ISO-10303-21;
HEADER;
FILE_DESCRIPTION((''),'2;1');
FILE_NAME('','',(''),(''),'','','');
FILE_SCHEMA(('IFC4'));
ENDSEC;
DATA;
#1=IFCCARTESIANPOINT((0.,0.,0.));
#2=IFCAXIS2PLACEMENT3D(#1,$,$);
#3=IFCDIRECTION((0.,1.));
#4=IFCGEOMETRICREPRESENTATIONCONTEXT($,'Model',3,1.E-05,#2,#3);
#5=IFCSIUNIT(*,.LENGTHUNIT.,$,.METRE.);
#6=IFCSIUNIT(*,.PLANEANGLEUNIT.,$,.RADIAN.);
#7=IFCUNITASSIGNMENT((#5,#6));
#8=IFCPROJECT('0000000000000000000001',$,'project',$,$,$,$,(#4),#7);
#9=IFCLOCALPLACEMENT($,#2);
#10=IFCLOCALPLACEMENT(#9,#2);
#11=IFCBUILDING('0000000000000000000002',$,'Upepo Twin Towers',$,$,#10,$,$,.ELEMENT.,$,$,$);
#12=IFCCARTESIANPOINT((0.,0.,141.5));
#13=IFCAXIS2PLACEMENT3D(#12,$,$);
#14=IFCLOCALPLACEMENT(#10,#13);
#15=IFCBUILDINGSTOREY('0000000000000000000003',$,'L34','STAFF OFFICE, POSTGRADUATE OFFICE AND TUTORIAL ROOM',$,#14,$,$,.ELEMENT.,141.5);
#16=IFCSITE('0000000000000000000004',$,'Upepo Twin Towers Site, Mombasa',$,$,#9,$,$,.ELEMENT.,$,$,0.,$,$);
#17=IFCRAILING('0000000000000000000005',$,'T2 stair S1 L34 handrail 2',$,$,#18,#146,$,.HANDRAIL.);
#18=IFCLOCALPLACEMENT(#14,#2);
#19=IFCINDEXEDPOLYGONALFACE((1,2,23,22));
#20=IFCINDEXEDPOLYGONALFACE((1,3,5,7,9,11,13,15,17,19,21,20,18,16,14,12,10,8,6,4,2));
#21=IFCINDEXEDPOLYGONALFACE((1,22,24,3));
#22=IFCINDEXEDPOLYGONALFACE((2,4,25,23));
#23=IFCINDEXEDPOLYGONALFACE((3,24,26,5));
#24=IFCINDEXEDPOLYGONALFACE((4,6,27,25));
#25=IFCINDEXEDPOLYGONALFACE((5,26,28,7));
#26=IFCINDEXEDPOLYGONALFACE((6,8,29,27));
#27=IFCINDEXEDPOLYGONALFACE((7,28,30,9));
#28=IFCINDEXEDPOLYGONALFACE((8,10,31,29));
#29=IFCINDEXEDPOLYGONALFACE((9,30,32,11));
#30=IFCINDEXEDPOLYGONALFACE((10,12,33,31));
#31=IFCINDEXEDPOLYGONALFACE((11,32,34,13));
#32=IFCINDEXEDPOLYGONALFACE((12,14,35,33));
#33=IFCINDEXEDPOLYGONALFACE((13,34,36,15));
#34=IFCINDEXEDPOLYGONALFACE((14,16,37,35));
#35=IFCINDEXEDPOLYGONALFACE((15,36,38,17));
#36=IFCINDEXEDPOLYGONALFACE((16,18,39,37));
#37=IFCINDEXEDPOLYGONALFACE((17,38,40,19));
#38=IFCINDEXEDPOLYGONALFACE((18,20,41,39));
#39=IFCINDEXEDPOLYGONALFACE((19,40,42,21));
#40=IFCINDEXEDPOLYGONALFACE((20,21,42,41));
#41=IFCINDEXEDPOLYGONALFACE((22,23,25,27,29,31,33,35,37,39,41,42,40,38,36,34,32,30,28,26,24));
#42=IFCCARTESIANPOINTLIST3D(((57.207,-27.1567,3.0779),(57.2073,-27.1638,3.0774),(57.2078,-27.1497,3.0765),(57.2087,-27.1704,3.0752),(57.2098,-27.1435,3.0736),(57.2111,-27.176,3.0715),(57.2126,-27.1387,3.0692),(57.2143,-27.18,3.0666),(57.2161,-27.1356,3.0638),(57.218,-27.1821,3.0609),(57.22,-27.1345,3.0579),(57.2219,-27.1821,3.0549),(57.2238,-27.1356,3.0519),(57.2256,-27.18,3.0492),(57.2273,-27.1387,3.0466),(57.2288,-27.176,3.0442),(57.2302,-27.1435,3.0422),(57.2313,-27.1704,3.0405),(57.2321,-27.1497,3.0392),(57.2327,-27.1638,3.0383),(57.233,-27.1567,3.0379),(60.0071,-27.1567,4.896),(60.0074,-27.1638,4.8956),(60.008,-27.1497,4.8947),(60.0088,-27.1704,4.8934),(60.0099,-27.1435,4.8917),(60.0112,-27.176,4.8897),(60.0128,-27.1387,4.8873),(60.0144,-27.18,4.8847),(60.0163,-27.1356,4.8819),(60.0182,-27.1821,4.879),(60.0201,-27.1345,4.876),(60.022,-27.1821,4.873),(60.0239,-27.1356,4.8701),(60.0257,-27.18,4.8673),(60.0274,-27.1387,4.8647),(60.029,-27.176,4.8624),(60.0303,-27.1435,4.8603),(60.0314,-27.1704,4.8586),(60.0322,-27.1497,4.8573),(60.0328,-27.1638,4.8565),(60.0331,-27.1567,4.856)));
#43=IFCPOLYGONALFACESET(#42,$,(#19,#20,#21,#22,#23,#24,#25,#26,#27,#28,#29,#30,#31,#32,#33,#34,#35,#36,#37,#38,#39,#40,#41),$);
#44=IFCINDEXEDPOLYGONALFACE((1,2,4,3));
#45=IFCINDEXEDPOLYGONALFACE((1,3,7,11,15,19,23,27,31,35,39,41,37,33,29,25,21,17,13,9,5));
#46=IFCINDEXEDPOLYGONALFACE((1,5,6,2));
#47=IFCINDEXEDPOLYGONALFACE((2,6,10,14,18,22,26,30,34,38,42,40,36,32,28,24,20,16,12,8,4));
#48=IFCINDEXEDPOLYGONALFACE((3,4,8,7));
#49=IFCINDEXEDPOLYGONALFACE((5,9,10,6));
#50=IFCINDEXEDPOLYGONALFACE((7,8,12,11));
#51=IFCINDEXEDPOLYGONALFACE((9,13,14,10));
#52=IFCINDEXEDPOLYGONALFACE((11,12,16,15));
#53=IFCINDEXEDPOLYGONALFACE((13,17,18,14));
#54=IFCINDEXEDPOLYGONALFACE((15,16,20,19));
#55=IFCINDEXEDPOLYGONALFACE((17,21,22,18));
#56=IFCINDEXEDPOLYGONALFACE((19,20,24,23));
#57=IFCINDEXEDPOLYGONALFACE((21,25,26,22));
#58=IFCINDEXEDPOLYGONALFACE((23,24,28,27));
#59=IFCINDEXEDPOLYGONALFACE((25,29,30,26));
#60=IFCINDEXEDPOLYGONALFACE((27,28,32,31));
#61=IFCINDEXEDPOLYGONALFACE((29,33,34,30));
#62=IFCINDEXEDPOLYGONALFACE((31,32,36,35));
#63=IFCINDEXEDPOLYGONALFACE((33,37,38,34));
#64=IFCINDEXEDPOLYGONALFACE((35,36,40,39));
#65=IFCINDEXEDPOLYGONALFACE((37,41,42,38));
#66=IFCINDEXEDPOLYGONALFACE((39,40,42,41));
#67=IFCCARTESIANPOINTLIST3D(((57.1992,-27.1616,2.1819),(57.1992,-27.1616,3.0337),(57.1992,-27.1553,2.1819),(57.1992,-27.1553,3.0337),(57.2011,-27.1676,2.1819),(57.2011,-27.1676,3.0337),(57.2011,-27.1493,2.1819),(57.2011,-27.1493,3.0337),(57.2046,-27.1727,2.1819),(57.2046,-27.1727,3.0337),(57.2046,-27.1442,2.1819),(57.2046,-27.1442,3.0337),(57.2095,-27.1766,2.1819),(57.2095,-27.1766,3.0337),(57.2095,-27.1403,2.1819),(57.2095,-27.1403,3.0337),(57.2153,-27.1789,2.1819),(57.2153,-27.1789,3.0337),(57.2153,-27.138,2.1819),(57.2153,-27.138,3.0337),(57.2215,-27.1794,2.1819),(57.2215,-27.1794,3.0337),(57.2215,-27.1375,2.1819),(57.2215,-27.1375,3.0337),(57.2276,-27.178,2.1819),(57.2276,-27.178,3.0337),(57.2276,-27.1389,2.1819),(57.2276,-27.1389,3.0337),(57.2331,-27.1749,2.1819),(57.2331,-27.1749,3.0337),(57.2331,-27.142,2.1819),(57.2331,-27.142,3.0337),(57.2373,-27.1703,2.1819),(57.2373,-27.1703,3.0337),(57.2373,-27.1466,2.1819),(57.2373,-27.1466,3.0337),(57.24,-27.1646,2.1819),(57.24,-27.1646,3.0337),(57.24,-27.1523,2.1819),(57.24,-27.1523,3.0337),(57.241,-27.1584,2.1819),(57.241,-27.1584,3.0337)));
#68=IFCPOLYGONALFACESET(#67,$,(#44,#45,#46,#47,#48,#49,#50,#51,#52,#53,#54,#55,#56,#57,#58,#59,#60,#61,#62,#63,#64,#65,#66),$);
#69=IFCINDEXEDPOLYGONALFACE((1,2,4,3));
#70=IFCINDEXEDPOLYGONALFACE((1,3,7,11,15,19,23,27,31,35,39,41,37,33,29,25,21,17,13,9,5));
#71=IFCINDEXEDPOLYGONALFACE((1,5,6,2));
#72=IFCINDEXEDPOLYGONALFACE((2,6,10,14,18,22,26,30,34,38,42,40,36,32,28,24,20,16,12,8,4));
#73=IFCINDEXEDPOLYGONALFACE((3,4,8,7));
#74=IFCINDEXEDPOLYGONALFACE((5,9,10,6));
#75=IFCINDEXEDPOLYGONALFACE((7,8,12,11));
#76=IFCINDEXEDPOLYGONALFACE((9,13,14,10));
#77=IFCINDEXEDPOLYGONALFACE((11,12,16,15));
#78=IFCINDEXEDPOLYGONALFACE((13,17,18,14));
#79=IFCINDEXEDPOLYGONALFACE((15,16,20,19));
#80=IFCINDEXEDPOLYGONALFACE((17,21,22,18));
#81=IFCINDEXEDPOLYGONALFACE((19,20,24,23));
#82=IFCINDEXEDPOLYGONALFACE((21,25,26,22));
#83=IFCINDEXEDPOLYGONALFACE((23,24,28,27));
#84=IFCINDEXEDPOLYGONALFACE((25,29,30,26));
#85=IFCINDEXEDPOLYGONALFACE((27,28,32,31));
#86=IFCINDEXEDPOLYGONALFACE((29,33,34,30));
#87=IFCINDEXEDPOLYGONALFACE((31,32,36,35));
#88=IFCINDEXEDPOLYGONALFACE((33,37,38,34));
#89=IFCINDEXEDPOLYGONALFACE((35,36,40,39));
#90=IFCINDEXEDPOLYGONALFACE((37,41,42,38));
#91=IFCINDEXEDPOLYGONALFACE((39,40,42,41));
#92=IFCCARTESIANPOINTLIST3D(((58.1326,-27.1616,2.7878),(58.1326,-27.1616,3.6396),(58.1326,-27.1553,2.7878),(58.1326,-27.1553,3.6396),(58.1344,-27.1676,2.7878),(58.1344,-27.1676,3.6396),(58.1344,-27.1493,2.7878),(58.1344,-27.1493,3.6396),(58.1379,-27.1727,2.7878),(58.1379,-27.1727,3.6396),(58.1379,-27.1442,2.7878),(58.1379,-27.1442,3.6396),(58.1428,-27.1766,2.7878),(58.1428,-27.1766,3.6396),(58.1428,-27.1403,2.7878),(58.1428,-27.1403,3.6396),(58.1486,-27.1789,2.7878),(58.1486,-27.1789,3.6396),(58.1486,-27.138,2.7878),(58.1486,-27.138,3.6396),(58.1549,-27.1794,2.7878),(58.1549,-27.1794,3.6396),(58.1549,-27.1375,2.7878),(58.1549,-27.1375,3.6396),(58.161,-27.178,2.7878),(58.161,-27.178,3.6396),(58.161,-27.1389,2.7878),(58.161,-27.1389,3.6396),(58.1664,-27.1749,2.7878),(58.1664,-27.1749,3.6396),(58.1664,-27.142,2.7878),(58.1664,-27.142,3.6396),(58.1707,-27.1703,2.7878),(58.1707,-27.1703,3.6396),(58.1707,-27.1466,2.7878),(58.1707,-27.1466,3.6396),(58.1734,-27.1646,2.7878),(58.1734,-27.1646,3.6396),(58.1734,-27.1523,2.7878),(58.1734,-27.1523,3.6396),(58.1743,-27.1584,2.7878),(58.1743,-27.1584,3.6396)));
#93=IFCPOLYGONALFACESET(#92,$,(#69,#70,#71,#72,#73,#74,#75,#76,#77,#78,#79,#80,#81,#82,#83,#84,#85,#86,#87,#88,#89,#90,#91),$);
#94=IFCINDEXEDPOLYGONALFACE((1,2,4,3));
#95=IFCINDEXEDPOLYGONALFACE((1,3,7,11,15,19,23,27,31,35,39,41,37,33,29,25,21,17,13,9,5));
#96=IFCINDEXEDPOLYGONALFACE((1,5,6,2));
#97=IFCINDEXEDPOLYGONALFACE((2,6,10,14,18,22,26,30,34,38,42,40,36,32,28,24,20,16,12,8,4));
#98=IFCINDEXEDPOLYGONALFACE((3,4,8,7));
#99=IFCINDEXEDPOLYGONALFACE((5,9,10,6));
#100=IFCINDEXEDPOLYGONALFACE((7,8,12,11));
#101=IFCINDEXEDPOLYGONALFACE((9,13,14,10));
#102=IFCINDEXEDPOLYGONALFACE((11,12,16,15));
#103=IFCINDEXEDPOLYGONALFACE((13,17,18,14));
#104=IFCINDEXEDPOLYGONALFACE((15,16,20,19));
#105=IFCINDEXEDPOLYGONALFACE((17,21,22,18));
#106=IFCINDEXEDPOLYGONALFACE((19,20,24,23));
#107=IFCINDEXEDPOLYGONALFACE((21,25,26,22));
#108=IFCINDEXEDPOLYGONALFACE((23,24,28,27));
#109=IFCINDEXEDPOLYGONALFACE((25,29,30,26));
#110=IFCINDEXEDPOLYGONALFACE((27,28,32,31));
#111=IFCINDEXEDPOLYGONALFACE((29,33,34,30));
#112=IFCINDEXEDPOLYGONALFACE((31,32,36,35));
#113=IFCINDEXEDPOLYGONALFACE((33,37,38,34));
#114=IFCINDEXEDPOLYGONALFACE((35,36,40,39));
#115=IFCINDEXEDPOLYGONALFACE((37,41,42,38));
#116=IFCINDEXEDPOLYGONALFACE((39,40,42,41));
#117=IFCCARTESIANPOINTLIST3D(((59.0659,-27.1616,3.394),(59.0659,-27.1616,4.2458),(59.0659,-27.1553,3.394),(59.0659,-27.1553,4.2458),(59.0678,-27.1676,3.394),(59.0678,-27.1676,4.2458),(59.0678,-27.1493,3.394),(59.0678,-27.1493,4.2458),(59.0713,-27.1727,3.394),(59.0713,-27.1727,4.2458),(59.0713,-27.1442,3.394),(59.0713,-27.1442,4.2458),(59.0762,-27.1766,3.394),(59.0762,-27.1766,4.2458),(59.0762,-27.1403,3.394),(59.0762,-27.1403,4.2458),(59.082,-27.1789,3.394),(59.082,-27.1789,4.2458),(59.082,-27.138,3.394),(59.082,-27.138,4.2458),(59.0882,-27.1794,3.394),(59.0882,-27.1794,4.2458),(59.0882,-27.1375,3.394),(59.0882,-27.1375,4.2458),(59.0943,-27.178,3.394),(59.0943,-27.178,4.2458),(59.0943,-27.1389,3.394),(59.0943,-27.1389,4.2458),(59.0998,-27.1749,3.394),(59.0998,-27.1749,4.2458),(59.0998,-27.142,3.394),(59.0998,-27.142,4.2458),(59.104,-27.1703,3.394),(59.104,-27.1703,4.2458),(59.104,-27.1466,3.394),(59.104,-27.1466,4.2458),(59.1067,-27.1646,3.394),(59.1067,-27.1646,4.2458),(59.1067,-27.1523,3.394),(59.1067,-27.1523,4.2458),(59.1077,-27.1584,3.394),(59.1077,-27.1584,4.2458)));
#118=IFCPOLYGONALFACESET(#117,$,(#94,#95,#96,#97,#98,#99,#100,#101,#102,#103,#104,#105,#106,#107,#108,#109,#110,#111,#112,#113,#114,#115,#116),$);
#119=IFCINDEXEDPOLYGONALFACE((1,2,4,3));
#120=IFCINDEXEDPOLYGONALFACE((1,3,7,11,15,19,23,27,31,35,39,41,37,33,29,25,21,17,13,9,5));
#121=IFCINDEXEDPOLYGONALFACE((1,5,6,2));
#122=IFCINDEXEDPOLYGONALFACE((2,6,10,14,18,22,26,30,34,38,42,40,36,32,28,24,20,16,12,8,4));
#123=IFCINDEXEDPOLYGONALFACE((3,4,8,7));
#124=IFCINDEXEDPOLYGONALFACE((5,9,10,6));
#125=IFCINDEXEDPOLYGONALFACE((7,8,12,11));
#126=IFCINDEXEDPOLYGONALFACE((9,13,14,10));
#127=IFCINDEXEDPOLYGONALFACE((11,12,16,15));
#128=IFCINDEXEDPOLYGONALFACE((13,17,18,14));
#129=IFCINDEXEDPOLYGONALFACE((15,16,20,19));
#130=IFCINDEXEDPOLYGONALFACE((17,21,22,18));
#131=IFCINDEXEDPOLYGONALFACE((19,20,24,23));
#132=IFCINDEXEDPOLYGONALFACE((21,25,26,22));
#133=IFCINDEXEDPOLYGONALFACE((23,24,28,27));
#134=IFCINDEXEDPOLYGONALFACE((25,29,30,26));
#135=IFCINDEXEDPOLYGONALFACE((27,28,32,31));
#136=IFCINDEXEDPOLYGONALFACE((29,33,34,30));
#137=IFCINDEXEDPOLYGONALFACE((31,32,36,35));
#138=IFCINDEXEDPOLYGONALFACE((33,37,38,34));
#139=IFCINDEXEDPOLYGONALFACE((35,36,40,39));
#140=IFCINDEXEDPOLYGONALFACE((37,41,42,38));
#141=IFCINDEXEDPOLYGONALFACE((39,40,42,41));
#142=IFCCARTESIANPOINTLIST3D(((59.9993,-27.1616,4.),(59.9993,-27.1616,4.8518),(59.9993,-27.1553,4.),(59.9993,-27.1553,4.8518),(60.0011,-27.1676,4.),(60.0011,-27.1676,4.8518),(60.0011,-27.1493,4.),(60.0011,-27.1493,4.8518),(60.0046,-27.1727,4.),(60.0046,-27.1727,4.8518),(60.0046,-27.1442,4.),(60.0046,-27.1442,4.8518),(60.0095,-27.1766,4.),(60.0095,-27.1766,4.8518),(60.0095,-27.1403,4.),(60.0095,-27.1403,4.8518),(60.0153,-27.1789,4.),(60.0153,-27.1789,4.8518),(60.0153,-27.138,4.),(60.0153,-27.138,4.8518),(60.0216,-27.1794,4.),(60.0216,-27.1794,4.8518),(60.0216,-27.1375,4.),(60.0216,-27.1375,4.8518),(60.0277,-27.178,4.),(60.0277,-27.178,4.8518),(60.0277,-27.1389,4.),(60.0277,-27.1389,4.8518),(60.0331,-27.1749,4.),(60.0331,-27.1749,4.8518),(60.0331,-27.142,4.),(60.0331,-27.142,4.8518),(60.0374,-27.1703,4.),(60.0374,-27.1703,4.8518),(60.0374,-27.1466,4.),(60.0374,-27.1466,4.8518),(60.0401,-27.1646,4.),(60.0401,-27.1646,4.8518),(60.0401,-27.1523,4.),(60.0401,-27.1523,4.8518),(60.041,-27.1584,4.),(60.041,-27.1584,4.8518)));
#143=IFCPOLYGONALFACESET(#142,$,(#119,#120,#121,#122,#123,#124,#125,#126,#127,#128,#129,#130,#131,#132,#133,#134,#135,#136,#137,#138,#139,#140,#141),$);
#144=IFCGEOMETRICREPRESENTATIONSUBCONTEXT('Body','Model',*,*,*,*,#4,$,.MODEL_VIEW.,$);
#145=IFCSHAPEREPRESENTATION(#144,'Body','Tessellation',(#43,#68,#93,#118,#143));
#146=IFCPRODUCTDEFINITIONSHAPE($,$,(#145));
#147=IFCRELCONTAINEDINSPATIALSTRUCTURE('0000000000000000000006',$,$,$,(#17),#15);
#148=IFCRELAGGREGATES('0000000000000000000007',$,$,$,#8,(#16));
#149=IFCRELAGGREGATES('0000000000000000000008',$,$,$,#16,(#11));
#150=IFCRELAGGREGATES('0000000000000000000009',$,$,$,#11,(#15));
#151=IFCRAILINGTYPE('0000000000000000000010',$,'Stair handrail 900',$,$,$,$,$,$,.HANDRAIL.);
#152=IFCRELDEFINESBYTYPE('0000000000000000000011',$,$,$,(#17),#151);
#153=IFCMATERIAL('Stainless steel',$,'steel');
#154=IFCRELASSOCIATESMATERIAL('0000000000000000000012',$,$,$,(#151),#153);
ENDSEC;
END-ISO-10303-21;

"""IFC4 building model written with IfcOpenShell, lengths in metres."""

from ifc_helpers import new_model, si_unit, direction, frame, origin, origin_2d, place, context, subcontext, project, spatial, circle, extrude, material, type_object, element, save


model = new_model("IFC4")

# Units and contexts
model_context = context("Model", 3, precision=1e-05, world=origin(), true_north=direction((0.0, 1.0)))
body_context = subcontext(model_context, "Body", "Model", "MODEL_VIEW")
ifc_project = project(units=[si_unit("LENGTHUNIT", "METRE"), si_unit("PLANEANGLEUNIT", "RADIAN")], contexts=[model_context])

# Site, building, storey
site_placement = place(None, origin())
site = spatial("IfcSite", under=ifc_project, at=site_placement, Name="Upepo Twin Towers Site, Mombasa", CompositionType="ELEMENT", RefElevation=0.0)
building_placement = place(site_placement, origin())
building = spatial("IfcBuilding", under=site, at=building_placement, Name="Upepo Twin Towers", CompositionType="ELEMENT")
storey_placement = place(building_placement, frame((0.0, 0.0, 141.5)))
storey = spatial("IfcBuildingStorey", under=building, at=storey_placement, Name="L34", Description="STAFF OFFICE, POSTGRADUATE OFFICE AND TUTORIAL ROOM", CompositionType="ELEMENT", Elevation=141.5)

# Railing
ifc_material_1 = material(Name="Stainless steel", Category="steel")
railing_type = type_object("IfcRailingType", Name="Stair handrail 900", PredefinedType="HANDRAIL", material=ifc_material_1)
railing_1_placement = place(storey_placement, frame((57.22, -27.1584, 2.1819)))
element("IfcRailing", 1, at=railing_1_placement, inside=storey, type_object=railing_type, Name="T2 stair S1 L34 handrail 2", PredefinedType="HANDRAIL", context=body_context, shape_type="SweptSolid", body=[
    extrude(circle(Radius=0.0239, at=origin_2d()), frame((0.0, 0.0, 0.876), z_axis=(0.838706, 0.0, 0.544585), x_axis=(0.0, 1.0, 0.0)), (0.0, 0.0, 1.0), 3.3386),
    extrude(circle(Radius=0.021, at=origin_2d()), origin(), (0.0, 0.0, 1.0), 0.8518),
    extrude(circle(Radius=0.021, at=origin_2d()), frame((0.9333, 0.0, 0.606)), (0.0, 0.0, 1.0), 0.8518),
    extrude(circle(Radius=0.021, at=origin_2d()), frame((1.8667, 0.0, 1.2122)), (0.0, 0.0, 1.0), 0.8518),
    extrude(circle(Radius=0.021, at=origin_2d()), frame((2.8, 0.0, 1.8181)), (0.0, 0.0, 1.0), 0.8518),
])

save(model, "model.ifc")
